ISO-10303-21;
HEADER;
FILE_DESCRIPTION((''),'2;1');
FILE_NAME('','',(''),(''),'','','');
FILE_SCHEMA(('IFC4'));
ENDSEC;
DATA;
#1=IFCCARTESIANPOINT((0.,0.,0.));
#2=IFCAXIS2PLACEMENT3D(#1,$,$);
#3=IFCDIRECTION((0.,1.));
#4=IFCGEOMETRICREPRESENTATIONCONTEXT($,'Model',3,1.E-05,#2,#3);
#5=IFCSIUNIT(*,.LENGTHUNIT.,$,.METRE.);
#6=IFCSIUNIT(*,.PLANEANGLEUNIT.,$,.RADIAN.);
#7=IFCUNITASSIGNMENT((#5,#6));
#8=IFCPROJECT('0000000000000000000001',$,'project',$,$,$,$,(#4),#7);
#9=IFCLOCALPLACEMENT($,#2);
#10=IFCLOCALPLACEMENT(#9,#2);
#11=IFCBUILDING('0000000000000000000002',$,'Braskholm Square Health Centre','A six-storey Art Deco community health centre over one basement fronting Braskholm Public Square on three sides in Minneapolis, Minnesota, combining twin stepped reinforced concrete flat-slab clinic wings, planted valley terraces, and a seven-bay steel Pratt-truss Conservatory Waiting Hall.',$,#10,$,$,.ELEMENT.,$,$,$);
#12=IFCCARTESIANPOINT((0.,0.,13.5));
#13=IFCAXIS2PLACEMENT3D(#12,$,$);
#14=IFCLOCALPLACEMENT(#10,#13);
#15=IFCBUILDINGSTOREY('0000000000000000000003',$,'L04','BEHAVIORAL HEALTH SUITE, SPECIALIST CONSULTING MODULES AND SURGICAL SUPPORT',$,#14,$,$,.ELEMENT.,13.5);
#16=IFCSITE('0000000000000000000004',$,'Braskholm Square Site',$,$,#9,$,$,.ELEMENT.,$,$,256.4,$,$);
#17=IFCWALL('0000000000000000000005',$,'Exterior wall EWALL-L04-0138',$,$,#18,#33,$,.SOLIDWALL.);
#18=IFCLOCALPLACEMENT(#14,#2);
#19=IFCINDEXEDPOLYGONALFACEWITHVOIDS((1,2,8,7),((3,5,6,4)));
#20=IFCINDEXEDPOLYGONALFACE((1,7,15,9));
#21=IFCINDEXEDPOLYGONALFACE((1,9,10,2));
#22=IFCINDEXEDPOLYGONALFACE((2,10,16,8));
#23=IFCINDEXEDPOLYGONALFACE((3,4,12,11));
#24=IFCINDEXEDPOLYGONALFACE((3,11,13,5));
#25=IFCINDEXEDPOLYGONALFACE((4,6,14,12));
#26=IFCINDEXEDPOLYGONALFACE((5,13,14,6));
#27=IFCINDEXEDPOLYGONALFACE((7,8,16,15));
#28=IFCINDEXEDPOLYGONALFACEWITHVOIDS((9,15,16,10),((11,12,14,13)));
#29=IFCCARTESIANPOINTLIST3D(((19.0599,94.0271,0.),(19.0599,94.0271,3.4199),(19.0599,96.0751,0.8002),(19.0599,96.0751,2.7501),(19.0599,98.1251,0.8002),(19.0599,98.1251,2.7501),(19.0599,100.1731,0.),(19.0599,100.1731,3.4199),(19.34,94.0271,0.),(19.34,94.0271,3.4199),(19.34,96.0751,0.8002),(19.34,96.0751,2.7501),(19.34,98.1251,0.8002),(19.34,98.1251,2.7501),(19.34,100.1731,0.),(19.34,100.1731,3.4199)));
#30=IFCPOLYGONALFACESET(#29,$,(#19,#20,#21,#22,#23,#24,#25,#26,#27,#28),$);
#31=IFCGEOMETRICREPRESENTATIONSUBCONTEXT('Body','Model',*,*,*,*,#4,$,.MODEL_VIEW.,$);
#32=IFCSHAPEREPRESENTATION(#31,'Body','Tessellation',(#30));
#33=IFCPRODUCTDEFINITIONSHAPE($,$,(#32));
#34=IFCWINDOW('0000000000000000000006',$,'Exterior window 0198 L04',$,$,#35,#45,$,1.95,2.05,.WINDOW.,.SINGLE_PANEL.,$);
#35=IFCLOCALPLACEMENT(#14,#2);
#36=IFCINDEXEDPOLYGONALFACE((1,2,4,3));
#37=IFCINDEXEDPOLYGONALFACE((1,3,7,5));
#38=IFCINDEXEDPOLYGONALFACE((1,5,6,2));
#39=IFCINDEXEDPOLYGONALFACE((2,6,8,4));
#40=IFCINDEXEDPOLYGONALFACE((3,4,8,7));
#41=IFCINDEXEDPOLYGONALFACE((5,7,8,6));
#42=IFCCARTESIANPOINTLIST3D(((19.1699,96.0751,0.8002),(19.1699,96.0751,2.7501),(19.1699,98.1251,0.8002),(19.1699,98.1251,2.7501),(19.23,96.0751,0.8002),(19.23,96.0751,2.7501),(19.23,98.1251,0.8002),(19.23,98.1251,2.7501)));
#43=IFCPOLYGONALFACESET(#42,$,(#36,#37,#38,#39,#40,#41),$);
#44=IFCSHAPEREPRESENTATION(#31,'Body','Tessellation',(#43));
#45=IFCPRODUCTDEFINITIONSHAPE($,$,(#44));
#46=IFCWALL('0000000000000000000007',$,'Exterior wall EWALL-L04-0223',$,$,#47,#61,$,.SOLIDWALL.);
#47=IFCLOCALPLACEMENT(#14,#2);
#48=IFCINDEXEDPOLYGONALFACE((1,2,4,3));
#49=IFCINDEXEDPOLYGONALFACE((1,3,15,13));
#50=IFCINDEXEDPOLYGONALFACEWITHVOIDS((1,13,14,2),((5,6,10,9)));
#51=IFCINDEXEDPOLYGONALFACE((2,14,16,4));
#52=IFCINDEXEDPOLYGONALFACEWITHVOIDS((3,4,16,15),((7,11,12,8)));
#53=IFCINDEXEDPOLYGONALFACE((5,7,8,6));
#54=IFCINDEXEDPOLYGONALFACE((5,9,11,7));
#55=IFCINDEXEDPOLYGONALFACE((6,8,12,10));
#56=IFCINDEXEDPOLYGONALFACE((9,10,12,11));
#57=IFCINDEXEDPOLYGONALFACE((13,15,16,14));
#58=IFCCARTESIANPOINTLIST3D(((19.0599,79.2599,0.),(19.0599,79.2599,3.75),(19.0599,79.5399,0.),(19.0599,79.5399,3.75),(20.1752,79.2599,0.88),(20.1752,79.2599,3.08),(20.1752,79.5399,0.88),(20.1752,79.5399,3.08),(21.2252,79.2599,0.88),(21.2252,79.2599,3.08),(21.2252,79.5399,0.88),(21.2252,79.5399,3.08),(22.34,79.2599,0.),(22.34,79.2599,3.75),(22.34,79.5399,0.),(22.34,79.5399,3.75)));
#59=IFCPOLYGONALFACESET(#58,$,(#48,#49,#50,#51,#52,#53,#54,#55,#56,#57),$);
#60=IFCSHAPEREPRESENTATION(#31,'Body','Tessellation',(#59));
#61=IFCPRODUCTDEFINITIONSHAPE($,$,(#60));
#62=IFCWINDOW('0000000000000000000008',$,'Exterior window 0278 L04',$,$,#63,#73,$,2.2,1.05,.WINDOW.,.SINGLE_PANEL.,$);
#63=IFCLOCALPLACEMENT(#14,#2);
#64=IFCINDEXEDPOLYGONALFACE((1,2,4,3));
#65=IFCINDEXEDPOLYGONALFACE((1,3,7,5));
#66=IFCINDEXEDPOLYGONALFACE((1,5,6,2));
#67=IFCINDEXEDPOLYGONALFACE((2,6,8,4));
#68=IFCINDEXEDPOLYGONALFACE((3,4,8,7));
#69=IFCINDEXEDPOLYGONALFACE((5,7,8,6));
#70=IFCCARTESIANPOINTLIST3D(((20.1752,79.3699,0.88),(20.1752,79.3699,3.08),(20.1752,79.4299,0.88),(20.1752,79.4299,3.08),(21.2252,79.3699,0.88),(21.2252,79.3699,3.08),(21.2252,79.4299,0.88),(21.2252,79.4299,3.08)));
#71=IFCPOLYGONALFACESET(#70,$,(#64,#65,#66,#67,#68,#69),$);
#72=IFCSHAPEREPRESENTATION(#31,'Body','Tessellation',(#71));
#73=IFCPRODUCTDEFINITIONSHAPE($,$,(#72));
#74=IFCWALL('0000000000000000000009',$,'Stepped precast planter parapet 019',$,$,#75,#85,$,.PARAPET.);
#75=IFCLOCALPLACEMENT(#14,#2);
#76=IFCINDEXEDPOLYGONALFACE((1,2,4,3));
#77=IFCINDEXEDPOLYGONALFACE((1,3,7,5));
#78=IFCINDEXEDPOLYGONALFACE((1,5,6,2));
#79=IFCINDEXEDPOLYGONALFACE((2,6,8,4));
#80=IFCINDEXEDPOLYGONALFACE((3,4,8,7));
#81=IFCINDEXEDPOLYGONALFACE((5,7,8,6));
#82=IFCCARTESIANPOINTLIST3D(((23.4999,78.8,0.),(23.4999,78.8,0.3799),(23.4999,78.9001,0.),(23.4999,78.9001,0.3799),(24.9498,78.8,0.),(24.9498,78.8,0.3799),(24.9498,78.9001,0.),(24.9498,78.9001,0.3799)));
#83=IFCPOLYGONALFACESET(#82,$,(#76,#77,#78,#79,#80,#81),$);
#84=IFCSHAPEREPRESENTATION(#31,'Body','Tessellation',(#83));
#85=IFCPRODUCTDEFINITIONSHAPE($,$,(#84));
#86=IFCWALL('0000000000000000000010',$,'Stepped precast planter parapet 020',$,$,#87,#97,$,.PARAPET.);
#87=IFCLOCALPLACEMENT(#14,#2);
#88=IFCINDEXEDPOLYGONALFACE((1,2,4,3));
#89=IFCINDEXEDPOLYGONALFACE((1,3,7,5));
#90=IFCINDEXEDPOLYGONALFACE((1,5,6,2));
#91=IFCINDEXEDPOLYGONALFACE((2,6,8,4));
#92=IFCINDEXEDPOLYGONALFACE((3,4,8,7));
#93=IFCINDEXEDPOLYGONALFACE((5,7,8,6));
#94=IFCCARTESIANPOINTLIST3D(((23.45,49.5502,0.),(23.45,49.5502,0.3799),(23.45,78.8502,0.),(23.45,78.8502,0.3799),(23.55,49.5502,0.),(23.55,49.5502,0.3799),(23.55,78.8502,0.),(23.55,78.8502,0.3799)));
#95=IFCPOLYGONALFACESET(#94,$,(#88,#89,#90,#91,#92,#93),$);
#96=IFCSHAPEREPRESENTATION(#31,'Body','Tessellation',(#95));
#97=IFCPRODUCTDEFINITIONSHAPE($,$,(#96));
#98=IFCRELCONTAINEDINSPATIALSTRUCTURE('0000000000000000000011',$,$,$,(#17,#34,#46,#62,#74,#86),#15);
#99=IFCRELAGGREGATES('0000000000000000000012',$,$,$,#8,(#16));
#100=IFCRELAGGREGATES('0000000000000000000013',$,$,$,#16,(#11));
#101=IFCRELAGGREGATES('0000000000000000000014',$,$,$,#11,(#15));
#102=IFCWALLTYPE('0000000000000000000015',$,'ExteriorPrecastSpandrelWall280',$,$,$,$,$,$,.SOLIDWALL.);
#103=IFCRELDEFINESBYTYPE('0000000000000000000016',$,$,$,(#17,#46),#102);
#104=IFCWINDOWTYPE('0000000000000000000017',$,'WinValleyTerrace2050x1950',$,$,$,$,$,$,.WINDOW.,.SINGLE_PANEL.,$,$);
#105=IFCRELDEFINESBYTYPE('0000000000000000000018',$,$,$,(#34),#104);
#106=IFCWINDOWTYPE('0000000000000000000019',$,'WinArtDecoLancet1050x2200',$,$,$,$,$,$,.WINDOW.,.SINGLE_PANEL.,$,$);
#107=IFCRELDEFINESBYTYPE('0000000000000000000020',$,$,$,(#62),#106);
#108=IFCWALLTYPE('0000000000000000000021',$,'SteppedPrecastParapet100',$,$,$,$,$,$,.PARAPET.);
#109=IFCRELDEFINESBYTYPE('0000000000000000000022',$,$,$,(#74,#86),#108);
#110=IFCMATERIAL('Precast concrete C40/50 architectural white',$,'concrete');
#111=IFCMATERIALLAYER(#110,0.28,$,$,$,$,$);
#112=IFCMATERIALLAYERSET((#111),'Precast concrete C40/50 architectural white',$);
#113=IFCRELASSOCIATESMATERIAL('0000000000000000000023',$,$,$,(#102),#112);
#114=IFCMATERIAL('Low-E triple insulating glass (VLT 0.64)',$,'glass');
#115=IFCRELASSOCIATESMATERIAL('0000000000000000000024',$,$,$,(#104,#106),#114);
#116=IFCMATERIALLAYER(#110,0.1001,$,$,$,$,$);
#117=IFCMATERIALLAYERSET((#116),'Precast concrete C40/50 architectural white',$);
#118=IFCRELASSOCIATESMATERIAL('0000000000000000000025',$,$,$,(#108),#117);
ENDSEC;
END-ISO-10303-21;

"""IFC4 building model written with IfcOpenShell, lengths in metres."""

from ifc_helpers import new_model, si_unit, direction, frame, frame_2d, origin, origin_with_axes, place, context, subcontext, project, spatial, rectangle, extrude, material, layer, layer_set, type_object, element, fill, save


model = new_model("IFC4")

# Units and contexts
model_context = context("Model", 3, precision=1e-05, world=origin(), true_north=direction((0.0, 1.0)))
body_context = subcontext(model_context, "Body", "Model", "MODEL_VIEW")
ifc_project = project(units=[si_unit("LENGTHUNIT", "METRE"), si_unit("PLANEANGLEUNIT", "RADIAN")], contexts=[model_context])

# Site, building, storey
site_placement = place(None, origin())
site = spatial("IfcSite", under=ifc_project, at=site_placement, Name="Braskholm Square Site", CompositionType="ELEMENT", RefElevation=256.4)
building_placement = place(site_placement, origin())
building = spatial("IfcBuilding", under=site, at=building_placement, Name="Braskholm Square Health Centre", Description="A six-storey Art Deco community health centre over one basement fronting Braskholm Public Square on three sides in Minneapolis, Minnesota, combining twin stepped reinforced concrete flat-slab clinic wings, planted valley terraces, and a seven-bay steel Pratt-truss Conservatory Waiting Hall.", CompositionType="ELEMENT")
storey_placement = place(building_placement, frame((0.0, 0.0, 13.5)))
storey = spatial("IfcBuildingStorey", under=building, at=storey_placement, Name="L04", Description="BEHAVIORAL HEALTH SUITE, SPECIALIST CONSULTING MODULES AND SURGICAL SUPPORT", CompositionType="ELEMENT", Elevation=13.5)

# Shared definitions
ifc_material_1 = material(Name="Low-E triple insulating glass (VLT 0.64)", Category="glass")

# Shared definitions
ifc_material_2 = material(Name="Precast concrete C40/50 architectural white", Category="concrete")

# Walls, openings, windows
ifc_layer_1 = layer(ifc_material_2, 0.28)
ifc_layer_set_1 = layer_set([ifc_layer_1], Name="Precast concrete C40/50 architectural white")
wall_type_1 = type_object("IfcWallType", Name="ExteriorPrecastSpandrelWall280", PredefinedType="SOLIDWALL", material=ifc_layer_set_1)
wall_1_placement = place(storey_placement, frame((19.2, 94.0271, 0.0), z_axis=(0.0, 0.0, 1.0), x_axis=(0.0, 1.0, 0.0)))
wall_1 = element("IfcWall", 1, at=wall_1_placement, inside=storey, type_object=wall_type_1, Name="Exterior wall EWALL-L04-0138", PredefinedType="SOLIDWALL", context=body_context, shape_type="SweptSolid", body=[
    extrude(rectangle(XDim=6.146, YDim=0.28, at=frame_2d((3.073, 0.0))), origin(), (0.0, 0.0, 1.0), 3.4199),
])
opening_1_placement = place(wall_1_placement, frame((2.0481, 0.0, 0.8)))
opening_1 = element("IfcOpeningElement", 2, at=opening_1_placement, cuts=wall_1, PredefinedType="OPENING", context=body_context, shape_type="SweptSolid", body=[
    extrude(rectangle(XDim=2.05, YDim=1.95, at=frame_2d((1.0249, 0.9751))), frame((0.0, 0.1499, 0.0), z_axis=(0.0, -1.0, 0.0), x_axis=(1.0, 0.0, 0.0)), (0.0, 0.0, 1.0), 0.3),
])
window_type_1 = type_object("IfcWindowType", Name="WinValleyTerrace2050x1950", PartitioningType="SINGLE_PANEL", PredefinedType="WINDOW", material=ifc_material_1)
window_1_placement = place(opening_1_placement, origin_with_axes())
window_1 = element("IfcWindow", 3, at=window_1_placement, inside=storey, type_object=window_type_1, Name="Exterior window 0198 L04", OverallHeight=1.95, OverallWidth=2.05, PartitioningType="SINGLE_PANEL", PredefinedType="WINDOW", context=body_context, shape_type="SweptSolid", body=[
    extrude(rectangle(XDim=2.05, YDim=1.95, at=frame_2d((1.0249, 0.9751))), frame((0.0, 0.03, 0.0), z_axis=(0.0, -1.0, 0.0), x_axis=(1.0, 0.0, 0.0)), (0.0, 0.0, 1.0), 0.0601),
])
fill(opening_1, window_1)
wall_2_placement = place(storey_placement, frame((22.3401, 79.3999, 0.0), z_axis=(0.0, 0.0, 1.0), x_axis=(-1.0, 0.0, 0.0)))
wall_2 = element("IfcWall", 4, at=wall_2_placement, inside=storey, type_object=wall_type_1, Name="Exterior wall EWALL-L04-0223", PredefinedType="SOLIDWALL", context=body_context, shape_type="SweptSolid", body=[
    extrude(rectangle(XDim=3.28, YDim=0.28, at=frame_2d((1.6401, 0.0))), origin(), (0.0, 0.0, 1.0), 3.75),
])
opening_2_placement = place(wall_2_placement, frame((1.115, 0.0, 0.8799)))
opening_2 = element("IfcOpeningElement", 5, at=opening_2_placement, cuts=wall_2, PredefinedType="OPENING", context=body_context, shape_type="SweptSolid", body=[
    extrude(rectangle(XDim=1.05, YDim=2.2, at=frame_2d((0.5249, 1.1001))), frame((0.0, 0.1499, 0.0), z_axis=(0.0, -1.0, 0.0), x_axis=(1.0, 0.0, 0.0)), (0.0, 0.0, 1.0), 0.3),
])
window_type_2 = type_object("IfcWindowType", Name="WinArtDecoLancet1050x2200", PartitioningType="SINGLE_PANEL", PredefinedType="WINDOW", material=ifc_material_1)
window_2_placement = place(opening_2_placement, origin_with_axes())
window_2 = element("IfcWindow", 6, at=window_2_placement, inside=storey, type_object=window_type_2, Name="Exterior window 0278 L04", OverallHeight=2.2, OverallWidth=1.05, PartitioningType="SINGLE_PANEL", PredefinedType="WINDOW", context=body_context, shape_type="SweptSolid", body=[
    extrude(rectangle(XDim=1.05, YDim=2.2, at=frame_2d((0.5249, 1.1001))), frame((0.0, 0.03, 0.0), z_axis=(0.0, -1.0, 0.0), x_axis=(1.0, 0.0, 0.0)), (0.0, 0.0, 1.0), 0.0601),
])
fill(opening_2, window_2)

# Walls
ifc_layer_2 = layer(ifc_material_2, 0.1001)
ifc_layer_set_2 = layer_set([ifc_layer_2], Name="Precast concrete C40/50 architectural white")
wall_type_2 = type_object("IfcWallType", Name="SteppedPrecastParapet100", PredefinedType="PARAPET", material=ifc_layer_set_2)
wall_3_placement = place(storey_placement, frame((24.95, 78.8501, 0.0), z_axis=(0.0, 0.0, 1.0), x_axis=(-1.0, 0.0, 0.0)))
element("IfcWall", 7, at=wall_3_placement, inside=storey, type_object=wall_type_2, Name="Stepped precast planter parapet 019", PredefinedType="PARAPET", context=body_context, shape_type="SweptSolid", body=[
    extrude(rectangle(XDim=1.45, YDim=0.1001, at=frame_2d((0.7251, 0.0))), origin(), (0.0, 0.0, 1.0), 0.3799),
])
wall_4_placement = place(storey_placement, frame((23.5, 78.8501, 0.0), z_axis=(0.0, 0.0, 1.0), x_axis=(0.0, -1.0, 0.0)))
element("IfcWall", 8, at=wall_4_placement, inside=storey, type_object=wall_type_2, Name="Stepped precast planter parapet 020", PredefinedType="PARAPET", context=body_context, shape_type="SweptSolid", body=[
    extrude(rectangle(XDim=29.3, YDim=0.1001, at=frame_2d((14.6499, 0.0))), origin(), (0.0, 0.0, 1.0), 0.3799),
])

save(model, "model.ifc")
